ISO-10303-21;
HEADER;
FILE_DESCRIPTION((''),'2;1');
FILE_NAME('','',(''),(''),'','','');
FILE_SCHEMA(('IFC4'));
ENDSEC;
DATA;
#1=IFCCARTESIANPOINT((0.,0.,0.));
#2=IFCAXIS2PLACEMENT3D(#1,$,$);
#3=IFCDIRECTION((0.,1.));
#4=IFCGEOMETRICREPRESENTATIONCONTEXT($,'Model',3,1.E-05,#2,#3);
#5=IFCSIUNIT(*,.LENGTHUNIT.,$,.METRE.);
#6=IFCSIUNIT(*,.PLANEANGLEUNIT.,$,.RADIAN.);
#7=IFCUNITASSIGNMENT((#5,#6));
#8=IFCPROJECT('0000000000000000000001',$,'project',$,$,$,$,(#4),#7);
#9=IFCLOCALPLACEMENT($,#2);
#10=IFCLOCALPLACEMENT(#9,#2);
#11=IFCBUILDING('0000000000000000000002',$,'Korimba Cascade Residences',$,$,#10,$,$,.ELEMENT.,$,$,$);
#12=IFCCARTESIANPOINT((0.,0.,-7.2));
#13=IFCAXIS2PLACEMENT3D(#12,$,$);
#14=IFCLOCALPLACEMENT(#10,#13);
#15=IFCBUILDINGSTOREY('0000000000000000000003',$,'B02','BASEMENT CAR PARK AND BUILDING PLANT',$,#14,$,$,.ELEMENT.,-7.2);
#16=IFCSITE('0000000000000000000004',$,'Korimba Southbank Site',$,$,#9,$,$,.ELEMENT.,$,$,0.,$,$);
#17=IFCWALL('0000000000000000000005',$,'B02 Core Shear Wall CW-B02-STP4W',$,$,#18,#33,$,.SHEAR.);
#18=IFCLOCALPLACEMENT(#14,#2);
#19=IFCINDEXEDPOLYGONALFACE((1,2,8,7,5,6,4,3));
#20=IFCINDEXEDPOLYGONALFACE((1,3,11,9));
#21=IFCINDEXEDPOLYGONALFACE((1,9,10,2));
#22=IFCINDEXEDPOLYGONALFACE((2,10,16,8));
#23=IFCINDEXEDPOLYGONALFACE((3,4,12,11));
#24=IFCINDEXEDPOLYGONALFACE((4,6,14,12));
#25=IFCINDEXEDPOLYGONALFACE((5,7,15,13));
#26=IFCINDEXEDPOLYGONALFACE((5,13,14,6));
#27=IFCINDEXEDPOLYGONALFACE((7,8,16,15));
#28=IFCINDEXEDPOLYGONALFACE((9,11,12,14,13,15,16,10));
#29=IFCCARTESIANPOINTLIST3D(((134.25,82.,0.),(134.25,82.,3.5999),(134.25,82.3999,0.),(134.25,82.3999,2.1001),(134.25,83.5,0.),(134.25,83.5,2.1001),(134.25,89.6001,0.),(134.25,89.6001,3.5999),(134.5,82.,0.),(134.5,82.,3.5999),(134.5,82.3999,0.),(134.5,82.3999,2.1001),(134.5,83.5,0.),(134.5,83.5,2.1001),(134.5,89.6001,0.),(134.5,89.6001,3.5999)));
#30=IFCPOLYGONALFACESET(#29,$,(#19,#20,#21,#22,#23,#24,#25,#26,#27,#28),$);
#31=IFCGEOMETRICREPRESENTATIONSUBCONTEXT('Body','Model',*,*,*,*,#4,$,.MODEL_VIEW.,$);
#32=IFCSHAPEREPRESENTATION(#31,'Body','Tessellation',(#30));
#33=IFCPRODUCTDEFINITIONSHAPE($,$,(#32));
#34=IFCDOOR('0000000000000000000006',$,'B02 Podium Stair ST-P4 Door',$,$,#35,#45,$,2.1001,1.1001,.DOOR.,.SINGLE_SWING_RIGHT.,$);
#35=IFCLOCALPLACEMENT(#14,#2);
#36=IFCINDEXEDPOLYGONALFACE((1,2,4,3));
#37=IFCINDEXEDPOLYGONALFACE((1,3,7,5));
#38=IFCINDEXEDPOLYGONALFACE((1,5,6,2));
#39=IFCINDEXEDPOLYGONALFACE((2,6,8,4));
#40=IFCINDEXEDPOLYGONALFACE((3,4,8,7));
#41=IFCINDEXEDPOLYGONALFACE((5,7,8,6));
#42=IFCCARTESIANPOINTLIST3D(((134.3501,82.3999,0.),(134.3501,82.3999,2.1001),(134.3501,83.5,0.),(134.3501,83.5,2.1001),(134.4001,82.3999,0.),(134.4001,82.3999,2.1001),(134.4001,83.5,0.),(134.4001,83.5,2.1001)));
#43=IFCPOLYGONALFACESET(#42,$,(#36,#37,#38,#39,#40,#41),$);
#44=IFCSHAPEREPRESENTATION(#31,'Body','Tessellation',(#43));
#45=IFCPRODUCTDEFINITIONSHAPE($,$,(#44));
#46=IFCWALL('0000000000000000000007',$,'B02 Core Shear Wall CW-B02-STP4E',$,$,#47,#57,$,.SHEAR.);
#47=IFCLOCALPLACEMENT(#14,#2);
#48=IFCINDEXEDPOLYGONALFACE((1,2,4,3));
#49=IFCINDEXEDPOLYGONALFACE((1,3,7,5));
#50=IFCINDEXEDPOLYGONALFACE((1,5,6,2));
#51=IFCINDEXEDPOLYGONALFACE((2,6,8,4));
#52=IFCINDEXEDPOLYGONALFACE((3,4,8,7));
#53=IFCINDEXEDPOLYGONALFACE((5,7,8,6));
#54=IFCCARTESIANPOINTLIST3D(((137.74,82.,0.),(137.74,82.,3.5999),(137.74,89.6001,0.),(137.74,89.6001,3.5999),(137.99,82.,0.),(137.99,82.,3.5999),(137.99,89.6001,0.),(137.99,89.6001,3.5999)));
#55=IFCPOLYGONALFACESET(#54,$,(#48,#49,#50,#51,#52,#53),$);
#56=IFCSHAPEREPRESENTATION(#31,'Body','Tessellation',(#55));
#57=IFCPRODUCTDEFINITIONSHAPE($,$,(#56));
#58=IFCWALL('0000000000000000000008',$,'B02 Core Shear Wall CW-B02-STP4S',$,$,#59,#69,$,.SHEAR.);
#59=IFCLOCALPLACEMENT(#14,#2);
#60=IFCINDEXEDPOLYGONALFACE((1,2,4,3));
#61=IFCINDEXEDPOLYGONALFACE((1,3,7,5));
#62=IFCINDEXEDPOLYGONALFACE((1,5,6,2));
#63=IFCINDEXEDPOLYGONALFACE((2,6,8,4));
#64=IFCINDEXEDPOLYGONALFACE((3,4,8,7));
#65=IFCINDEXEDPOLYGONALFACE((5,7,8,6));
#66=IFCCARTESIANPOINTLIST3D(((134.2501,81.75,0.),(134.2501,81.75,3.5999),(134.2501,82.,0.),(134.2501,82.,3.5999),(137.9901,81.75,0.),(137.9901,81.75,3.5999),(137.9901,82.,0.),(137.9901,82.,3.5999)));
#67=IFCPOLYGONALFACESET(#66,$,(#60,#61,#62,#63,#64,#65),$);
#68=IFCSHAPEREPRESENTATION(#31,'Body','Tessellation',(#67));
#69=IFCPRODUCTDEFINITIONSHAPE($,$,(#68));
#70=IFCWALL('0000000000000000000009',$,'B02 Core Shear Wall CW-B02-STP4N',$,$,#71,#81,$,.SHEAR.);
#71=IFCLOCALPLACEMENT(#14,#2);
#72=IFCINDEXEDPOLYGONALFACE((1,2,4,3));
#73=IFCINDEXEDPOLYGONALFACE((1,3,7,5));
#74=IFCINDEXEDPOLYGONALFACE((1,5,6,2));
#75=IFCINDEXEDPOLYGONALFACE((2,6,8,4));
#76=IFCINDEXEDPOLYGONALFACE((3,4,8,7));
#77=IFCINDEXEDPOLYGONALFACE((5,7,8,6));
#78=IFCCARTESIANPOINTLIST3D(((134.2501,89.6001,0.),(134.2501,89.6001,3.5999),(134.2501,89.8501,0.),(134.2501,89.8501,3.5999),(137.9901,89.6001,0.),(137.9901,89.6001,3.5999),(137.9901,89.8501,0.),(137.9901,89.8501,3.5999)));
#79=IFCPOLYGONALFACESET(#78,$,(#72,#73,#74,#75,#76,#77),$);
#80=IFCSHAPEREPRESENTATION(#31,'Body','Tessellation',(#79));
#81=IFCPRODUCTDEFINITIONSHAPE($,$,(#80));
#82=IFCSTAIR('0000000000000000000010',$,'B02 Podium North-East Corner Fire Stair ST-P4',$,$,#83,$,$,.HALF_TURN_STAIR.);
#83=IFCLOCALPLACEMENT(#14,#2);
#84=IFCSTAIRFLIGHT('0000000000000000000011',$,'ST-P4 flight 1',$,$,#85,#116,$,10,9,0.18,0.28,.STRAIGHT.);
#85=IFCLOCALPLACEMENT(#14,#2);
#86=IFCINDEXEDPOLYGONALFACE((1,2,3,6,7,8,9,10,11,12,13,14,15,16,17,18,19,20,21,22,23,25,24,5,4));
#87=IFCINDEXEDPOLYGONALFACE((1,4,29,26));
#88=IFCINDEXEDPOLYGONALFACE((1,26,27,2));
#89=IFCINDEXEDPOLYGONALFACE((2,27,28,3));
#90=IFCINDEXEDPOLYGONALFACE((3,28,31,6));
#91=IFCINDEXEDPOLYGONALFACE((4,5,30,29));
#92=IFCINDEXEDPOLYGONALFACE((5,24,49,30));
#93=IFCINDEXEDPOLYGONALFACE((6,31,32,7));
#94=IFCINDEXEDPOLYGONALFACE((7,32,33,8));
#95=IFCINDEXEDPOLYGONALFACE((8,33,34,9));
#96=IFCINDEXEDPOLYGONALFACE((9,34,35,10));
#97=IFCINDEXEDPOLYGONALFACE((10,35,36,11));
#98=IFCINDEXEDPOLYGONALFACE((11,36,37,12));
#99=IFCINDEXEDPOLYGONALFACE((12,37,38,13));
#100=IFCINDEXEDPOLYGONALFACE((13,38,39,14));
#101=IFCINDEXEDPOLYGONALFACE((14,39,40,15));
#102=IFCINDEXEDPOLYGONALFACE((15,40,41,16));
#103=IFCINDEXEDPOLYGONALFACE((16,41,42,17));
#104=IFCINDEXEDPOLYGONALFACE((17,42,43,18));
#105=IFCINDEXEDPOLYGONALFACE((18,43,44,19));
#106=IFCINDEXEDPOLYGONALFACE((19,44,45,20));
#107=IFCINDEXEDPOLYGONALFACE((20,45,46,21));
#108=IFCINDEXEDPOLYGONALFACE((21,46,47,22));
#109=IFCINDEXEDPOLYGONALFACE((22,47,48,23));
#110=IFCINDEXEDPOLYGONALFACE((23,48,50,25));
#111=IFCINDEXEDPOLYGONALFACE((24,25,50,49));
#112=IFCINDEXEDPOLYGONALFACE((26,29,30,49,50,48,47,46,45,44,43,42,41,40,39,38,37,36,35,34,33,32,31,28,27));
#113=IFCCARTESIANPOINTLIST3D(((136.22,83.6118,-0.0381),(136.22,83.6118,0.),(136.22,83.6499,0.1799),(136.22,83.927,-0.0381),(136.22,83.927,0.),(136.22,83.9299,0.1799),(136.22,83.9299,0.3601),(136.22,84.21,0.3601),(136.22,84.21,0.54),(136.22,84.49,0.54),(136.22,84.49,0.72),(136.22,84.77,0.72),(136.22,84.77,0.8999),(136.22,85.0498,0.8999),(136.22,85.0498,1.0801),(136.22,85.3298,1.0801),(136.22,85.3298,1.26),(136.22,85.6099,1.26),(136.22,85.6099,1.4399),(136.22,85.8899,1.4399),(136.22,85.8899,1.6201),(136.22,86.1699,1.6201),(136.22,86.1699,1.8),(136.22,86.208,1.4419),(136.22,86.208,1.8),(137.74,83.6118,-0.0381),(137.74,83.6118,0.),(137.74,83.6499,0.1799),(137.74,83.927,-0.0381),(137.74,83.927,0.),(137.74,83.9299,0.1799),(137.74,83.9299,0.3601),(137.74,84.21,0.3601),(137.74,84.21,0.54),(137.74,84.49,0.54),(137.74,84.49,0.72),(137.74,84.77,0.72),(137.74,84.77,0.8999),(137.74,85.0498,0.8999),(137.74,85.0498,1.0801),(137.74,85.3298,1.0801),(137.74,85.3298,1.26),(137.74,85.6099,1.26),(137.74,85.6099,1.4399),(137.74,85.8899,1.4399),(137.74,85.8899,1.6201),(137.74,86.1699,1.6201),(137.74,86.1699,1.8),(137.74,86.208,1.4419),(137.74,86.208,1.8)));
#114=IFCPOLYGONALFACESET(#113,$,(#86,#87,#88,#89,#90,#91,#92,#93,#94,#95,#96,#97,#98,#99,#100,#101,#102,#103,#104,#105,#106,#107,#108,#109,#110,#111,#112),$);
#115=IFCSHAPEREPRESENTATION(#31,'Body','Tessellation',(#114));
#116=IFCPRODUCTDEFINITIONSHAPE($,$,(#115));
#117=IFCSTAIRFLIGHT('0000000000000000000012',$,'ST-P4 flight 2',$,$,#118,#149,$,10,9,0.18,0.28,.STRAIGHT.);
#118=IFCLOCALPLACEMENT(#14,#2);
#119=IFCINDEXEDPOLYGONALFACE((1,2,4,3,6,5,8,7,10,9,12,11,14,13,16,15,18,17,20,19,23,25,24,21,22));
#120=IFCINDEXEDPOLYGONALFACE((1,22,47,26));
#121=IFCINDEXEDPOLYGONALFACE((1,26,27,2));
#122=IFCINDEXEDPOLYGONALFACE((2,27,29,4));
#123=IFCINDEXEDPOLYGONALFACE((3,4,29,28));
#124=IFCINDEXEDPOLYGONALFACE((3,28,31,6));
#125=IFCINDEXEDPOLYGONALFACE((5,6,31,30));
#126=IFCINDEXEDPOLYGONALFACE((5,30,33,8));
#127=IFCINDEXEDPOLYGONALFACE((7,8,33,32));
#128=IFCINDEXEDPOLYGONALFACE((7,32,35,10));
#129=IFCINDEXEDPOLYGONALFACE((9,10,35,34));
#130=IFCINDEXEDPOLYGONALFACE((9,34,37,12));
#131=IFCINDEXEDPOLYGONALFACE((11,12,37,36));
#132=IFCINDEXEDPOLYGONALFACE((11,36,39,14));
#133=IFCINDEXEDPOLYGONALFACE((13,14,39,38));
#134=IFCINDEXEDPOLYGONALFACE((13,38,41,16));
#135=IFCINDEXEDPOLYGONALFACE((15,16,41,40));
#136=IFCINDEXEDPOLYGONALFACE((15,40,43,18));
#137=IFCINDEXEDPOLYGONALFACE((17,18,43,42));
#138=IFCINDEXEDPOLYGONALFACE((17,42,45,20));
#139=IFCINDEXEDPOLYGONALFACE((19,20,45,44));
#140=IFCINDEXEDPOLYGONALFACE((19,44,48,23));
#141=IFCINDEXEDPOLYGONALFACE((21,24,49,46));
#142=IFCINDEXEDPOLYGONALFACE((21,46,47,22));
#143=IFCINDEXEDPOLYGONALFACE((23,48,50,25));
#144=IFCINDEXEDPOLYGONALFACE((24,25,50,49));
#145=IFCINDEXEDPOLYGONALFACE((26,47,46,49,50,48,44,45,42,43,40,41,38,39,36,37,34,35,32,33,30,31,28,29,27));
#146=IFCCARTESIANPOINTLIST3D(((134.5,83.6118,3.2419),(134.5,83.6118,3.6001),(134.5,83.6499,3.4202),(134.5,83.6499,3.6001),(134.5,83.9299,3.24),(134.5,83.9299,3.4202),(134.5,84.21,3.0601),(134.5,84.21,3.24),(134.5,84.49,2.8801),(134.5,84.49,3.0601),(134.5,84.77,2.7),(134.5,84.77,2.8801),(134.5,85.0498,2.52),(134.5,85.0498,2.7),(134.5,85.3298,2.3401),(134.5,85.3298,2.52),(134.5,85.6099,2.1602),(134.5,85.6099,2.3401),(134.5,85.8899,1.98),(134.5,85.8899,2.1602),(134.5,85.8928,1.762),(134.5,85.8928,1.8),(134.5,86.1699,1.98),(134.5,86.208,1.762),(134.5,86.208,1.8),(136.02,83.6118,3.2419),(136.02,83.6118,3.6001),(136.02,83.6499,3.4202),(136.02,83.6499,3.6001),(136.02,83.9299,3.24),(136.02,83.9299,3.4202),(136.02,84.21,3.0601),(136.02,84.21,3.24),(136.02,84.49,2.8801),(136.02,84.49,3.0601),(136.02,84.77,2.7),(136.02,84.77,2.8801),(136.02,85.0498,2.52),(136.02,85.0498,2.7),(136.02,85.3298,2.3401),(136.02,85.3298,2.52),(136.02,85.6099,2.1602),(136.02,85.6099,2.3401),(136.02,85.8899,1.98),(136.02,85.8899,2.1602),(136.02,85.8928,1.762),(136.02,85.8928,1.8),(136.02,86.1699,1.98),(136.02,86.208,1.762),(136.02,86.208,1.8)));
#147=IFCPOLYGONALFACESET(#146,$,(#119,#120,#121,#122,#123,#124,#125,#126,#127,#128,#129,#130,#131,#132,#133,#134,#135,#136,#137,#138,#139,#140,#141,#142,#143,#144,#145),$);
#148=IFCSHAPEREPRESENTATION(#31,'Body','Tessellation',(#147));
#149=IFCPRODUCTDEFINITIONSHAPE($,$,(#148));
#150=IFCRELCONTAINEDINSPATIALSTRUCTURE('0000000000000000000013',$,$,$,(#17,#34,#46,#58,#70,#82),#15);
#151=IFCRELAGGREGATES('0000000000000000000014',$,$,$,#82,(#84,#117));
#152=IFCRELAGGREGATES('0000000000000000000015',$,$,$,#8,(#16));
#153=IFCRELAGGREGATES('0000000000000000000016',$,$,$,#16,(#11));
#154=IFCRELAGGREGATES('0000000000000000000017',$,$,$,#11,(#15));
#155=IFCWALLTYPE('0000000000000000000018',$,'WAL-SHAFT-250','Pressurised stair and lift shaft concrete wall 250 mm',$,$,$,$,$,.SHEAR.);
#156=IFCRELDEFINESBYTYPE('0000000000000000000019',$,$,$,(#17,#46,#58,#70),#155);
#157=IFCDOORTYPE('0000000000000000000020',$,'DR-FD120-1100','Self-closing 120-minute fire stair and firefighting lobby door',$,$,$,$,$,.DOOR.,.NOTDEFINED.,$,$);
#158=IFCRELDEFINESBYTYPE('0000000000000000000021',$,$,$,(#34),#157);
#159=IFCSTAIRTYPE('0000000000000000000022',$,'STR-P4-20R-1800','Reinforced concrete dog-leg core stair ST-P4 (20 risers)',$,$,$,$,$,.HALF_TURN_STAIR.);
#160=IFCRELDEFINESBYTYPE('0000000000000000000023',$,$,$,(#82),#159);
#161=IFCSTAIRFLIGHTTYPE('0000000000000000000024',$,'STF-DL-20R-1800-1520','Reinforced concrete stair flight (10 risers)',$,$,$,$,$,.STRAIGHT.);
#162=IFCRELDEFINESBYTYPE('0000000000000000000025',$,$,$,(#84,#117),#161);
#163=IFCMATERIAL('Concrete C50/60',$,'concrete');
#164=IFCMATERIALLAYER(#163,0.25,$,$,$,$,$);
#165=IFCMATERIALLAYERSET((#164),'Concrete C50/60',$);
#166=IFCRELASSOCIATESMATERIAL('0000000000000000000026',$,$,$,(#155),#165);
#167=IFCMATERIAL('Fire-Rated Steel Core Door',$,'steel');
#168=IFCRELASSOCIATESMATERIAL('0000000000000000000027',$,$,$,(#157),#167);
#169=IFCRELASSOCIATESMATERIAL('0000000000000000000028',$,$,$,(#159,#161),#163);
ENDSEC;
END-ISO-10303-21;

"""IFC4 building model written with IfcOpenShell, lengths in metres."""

from ifc_helpers import new_model, si_unit, direction, frame, frame_2d, origin, place, context, subcontext, project, spatial, polyline, rectangle, outline, extrude, material, layer, layer_set, type_object, element, fill, aggregate, save


model = new_model("IFC4")

# Units and contexts
model_context = context("Model", 3, precision=1e-05, world=origin(), true_north=direction((0.0, 1.0)))
body_context = subcontext(model_context, "Body", "Model", "MODEL_VIEW")
ifc_project = project(units=[si_unit("LENGTHUNIT", "METRE"), si_unit("PLANEANGLEUNIT", "RADIAN")], contexts=[model_context])

# Site, building, storey
site_placement = place(None, origin())
site = spatial("IfcSite", under=ifc_project, at=site_placement, Name="Korimba Southbank Site", CompositionType="ELEMENT", RefElevation=0.0)
building_placement = place(site_placement, origin())
building = spatial("IfcBuilding", under=site, at=building_placement, Name="Korimba Cascade Residences", CompositionType="ELEMENT")
storey_placement = place(building_placement, frame((0.0, 0.0, -7.2)))
storey = spatial("IfcBuildingStorey", under=building, at=storey_placement, Name="B02", Description="BASEMENT CAR PARK AND BUILDING PLANT", CompositionType="ELEMENT", Elevation=-7.2)

# Shared definitions
ifc_material_1 = material(Name="Concrete C50/60", Category="concrete")

# Wall, opening, door
ifc_layer_1 = layer(ifc_material_1, 0.25)
ifc_layer_set_1 = layer_set([ifc_layer_1], Name="Concrete C50/60")
wall_type_1 = type_object("IfcWallType", Name="WAL-SHAFT-250", Description="Pressurised stair and lift shaft concrete wall 250 mm", PredefinedType="SHEAR", material=ifc_layer_set_1)
wall_1_placement = place(storey_placement, frame((134.375, 82.0, 0.0), z_axis=(0.0, 0.0, 1.0), x_axis=(0.0, 1.0, 0.0)))
wall_1 = element("IfcWall", 1, at=wall_1_placement, inside=storey, type_object=wall_type_1, Name="B02 Core Shear Wall CW-B02-STP4W", PredefinedType="SHEAR", context=body_context, shape_type="SweptSolid", body=[
    extrude(rectangle(XDim=7.6001, YDim=0.25, at=frame_2d((3.8, 0.0))), origin(), (0.0, 0.0, 1.0), 3.5999),
])
opening_1_placement = place(wall_1_placement, frame((0.3999, 0.0, 0.0)))
opening_1 = element("IfcOpeningElement", 2, at=opening_1_placement, cuts=wall_1, PredefinedType="OPENING", context=body_context, shape_type="SweptSolid", body=[
    extrude(rectangle(XDim=1.1001, YDim=2.1001, at=frame_2d((0.55, 1.05))), frame((0.0, 0.135, 0.0), z_axis=(0.0, -1.0, 0.0), x_axis=(1.0, 0.0, 0.0)), (0.0, 0.0, 1.0), 0.27),
])
ifc_material_2 = material(Name="Fire-Rated Steel Core Door", Category="steel")
door_type_1 = type_object("IfcDoorType", Name="DR-FD120-1100", Description="Self-closing 120-minute fire stair and firefighting lobby door", OperationType="NOTDEFINED", PredefinedType="DOOR", material=ifc_material_2)
door_1_placement = place(opening_1_placement, origin())
door_1 = element("IfcDoor", 3, at=door_1_placement, inside=storey, type_object=door_type_1, Name="B02 Podium Stair ST-P4 Door", OperationType="SINGLE_SWING_RIGHT", OverallHeight=2.1001, OverallWidth=1.1001, PredefinedType="DOOR", context=body_context, shape_type="SweptSolid", body=[
    extrude(rectangle(XDim=1.1001, YDim=2.1001, at=frame_2d((0.55, 1.05))), frame((0.0, 0.0249, 0.0), z_axis=(0.0, -1.0, 0.0), x_axis=(1.0, 0.0, 0.0)), (0.0, 0.0, 1.0), 0.05),
])
fill(opening_1, door_1)

# Walls
wall_2_placement = place(storey_placement, frame((137.865, 82.0, 0.0), z_axis=(0.0, 0.0, 1.0), x_axis=(0.0, 1.0, 0.0)))
element("IfcWall", 4, at=wall_2_placement, inside=storey, type_object=wall_type_1, Name="B02 Core Shear Wall CW-B02-STP4E", PredefinedType="SHEAR", context=body_context, shape_type="SweptSolid", body=[
    extrude(rectangle(XDim=7.6001, YDim=0.25, at=frame_2d((3.8, 0.0))), origin(), (0.0, 0.0, 1.0), 3.5999),
])
for number, where, z_axis, x_axis, name in (
    (5, (134.25, 81.875, 0.0), (0.0, 0.0, 1.0), (1.0, 0.0, 0.0), "B02 Core Shear Wall CW-B02-STP4S"),
    (6, (134.25, 89.7251, 0.0), (0.0, 0.0, 1.0), (1.0, 0.0, 0.0), "B02 Core Shear Wall CW-B02-STP4N"),
):
    element("IfcWall", number, at=place(storey_placement, frame(where, z_axis=z_axis, x_axis=x_axis)), inside=storey, type_object=wall_type_1, Name=name, PredefinedType="SHEAR", context=body_context, shape_type="SweptSolid", body=[
        extrude(rectangle(XDim=3.74, YDim=0.25, at=frame_2d((1.8701, 0.0))), origin(), (0.0, 0.0, 1.0), 3.5999),
    ])

# Stair, stair flights
stair_type = type_object("IfcStairType", Name="STR-P4-20R-1800", Description="Reinforced concrete dog-leg core stair ST-P4 (20 risers)", PredefinedType="HALF_TURN_STAIR", material=ifc_material_1)
stair_placement = place(storey_placement, origin())
stair = element("IfcStair", 7, at=stair_placement, inside=storey, type_object=stair_type, Name="B02 Podium North-East Corner Fire Stair ST-P4", PredefinedType="HALF_TURN_STAIR")
stair_flight_type = type_object("IfcStairFlightType", Name="STF-DL-20R-1800-1520", Description="Reinforced concrete stair flight (10 risers)", PredefinedType="STRAIGHT", material=ifc_material_1)
stair_flight_1_placement = place(storey_placement, frame((136.98, 83.6499, 0.0), z_axis=(0.0, 0.0, 1.0), x_axis=(0.0, 1.0, 0.0)))
stair_flight_1 = element("IfcStairFlight", 8, at=stair_flight_1_placement, type_object=stair_flight_type, Name="ST-P4 flight 1", NumberOfRisers=10, NumberOfTreads=9, PredefinedType="STRAIGHT", RiserHeight=0.18, TreadLength=0.28, context=body_context, shape_type="SweptSolid", body=[
    extrude(outline(polyline([(-0.0381, 0.0), (0.0, 0.1799), (0.28, 0.1799), (0.28, 0.3601), (0.5601, 0.3601), (0.5601, 0.54), (0.8401, 0.54), (0.8401, 0.72), (1.1201, 0.72), (1.1201, 0.8999), (1.3999, 0.8999), (1.3999, 1.0801), (1.6799, 1.0801), (1.6799, 1.26), (1.96, 1.26), (1.96, 1.4399), (2.24, 1.4399), (2.24, 1.6201), (2.52, 1.6201), (2.52, 1.8), (2.5581, 1.8), (2.5581, 1.4419), (0.2771, 0.0), (0.2771, -0.0381), (-0.0381, -0.0381), (-0.0381, 0.0)])), frame((0.0, 0.76, 0.0), z_axis=(0.0, -1.0, 0.0), x_axis=(1.0, 0.0, 0.0)), (0.0, 0.0, 1.0), 1.52),
])
stair_flight_2_placement = place(storey_placement, frame((135.26, 86.1699, 1.8), z_axis=(0.0, 0.0, 1.0), x_axis=(0.0, -1.0, 0.0)))
stair_flight_2 = element("IfcStairFlight", 9, at=stair_flight_2_placement, type_object=stair_flight_type, Name="ST-P4 flight 2", NumberOfRisers=10, NumberOfTreads=9, PredefinedType="STRAIGHT", RiserHeight=0.18, TreadLength=0.28, context=body_context, shape_type="SweptSolid", body=[
    extrude(outline(polyline([(-0.0381, 0.0), (0.0, 0.1799), (0.28, 0.1799), (0.28, 0.3601), (0.5601, 0.3601), (0.5601, 0.54), (0.8401, 0.54), (0.8401, 0.72), (1.1201, 0.72), (1.1201, 0.8999), (1.3999, 0.8999), (1.3999, 1.0801), (1.6799, 1.0801), (1.6799, 1.26), (1.96, 1.26), (1.96, 1.4399), (2.24, 1.4399), (2.24, 1.6201), (2.52, 1.6201), (2.52, 1.8), (2.5581, 1.8), (2.5581, 1.4419), (0.2771, 0.0), (0.2771, -0.0381), (-0.0381, -0.0381), (-0.0381, 0.0)])), frame((0.0, 0.76, 0.0), z_axis=(0.0, -1.0, 0.0), x_axis=(1.0, 0.0, 0.0)), (0.0, 0.0, 1.0), 1.52),
])
aggregate(stair, [stair_flight_1, stair_flight_2])

save(model, "model.ifc")
